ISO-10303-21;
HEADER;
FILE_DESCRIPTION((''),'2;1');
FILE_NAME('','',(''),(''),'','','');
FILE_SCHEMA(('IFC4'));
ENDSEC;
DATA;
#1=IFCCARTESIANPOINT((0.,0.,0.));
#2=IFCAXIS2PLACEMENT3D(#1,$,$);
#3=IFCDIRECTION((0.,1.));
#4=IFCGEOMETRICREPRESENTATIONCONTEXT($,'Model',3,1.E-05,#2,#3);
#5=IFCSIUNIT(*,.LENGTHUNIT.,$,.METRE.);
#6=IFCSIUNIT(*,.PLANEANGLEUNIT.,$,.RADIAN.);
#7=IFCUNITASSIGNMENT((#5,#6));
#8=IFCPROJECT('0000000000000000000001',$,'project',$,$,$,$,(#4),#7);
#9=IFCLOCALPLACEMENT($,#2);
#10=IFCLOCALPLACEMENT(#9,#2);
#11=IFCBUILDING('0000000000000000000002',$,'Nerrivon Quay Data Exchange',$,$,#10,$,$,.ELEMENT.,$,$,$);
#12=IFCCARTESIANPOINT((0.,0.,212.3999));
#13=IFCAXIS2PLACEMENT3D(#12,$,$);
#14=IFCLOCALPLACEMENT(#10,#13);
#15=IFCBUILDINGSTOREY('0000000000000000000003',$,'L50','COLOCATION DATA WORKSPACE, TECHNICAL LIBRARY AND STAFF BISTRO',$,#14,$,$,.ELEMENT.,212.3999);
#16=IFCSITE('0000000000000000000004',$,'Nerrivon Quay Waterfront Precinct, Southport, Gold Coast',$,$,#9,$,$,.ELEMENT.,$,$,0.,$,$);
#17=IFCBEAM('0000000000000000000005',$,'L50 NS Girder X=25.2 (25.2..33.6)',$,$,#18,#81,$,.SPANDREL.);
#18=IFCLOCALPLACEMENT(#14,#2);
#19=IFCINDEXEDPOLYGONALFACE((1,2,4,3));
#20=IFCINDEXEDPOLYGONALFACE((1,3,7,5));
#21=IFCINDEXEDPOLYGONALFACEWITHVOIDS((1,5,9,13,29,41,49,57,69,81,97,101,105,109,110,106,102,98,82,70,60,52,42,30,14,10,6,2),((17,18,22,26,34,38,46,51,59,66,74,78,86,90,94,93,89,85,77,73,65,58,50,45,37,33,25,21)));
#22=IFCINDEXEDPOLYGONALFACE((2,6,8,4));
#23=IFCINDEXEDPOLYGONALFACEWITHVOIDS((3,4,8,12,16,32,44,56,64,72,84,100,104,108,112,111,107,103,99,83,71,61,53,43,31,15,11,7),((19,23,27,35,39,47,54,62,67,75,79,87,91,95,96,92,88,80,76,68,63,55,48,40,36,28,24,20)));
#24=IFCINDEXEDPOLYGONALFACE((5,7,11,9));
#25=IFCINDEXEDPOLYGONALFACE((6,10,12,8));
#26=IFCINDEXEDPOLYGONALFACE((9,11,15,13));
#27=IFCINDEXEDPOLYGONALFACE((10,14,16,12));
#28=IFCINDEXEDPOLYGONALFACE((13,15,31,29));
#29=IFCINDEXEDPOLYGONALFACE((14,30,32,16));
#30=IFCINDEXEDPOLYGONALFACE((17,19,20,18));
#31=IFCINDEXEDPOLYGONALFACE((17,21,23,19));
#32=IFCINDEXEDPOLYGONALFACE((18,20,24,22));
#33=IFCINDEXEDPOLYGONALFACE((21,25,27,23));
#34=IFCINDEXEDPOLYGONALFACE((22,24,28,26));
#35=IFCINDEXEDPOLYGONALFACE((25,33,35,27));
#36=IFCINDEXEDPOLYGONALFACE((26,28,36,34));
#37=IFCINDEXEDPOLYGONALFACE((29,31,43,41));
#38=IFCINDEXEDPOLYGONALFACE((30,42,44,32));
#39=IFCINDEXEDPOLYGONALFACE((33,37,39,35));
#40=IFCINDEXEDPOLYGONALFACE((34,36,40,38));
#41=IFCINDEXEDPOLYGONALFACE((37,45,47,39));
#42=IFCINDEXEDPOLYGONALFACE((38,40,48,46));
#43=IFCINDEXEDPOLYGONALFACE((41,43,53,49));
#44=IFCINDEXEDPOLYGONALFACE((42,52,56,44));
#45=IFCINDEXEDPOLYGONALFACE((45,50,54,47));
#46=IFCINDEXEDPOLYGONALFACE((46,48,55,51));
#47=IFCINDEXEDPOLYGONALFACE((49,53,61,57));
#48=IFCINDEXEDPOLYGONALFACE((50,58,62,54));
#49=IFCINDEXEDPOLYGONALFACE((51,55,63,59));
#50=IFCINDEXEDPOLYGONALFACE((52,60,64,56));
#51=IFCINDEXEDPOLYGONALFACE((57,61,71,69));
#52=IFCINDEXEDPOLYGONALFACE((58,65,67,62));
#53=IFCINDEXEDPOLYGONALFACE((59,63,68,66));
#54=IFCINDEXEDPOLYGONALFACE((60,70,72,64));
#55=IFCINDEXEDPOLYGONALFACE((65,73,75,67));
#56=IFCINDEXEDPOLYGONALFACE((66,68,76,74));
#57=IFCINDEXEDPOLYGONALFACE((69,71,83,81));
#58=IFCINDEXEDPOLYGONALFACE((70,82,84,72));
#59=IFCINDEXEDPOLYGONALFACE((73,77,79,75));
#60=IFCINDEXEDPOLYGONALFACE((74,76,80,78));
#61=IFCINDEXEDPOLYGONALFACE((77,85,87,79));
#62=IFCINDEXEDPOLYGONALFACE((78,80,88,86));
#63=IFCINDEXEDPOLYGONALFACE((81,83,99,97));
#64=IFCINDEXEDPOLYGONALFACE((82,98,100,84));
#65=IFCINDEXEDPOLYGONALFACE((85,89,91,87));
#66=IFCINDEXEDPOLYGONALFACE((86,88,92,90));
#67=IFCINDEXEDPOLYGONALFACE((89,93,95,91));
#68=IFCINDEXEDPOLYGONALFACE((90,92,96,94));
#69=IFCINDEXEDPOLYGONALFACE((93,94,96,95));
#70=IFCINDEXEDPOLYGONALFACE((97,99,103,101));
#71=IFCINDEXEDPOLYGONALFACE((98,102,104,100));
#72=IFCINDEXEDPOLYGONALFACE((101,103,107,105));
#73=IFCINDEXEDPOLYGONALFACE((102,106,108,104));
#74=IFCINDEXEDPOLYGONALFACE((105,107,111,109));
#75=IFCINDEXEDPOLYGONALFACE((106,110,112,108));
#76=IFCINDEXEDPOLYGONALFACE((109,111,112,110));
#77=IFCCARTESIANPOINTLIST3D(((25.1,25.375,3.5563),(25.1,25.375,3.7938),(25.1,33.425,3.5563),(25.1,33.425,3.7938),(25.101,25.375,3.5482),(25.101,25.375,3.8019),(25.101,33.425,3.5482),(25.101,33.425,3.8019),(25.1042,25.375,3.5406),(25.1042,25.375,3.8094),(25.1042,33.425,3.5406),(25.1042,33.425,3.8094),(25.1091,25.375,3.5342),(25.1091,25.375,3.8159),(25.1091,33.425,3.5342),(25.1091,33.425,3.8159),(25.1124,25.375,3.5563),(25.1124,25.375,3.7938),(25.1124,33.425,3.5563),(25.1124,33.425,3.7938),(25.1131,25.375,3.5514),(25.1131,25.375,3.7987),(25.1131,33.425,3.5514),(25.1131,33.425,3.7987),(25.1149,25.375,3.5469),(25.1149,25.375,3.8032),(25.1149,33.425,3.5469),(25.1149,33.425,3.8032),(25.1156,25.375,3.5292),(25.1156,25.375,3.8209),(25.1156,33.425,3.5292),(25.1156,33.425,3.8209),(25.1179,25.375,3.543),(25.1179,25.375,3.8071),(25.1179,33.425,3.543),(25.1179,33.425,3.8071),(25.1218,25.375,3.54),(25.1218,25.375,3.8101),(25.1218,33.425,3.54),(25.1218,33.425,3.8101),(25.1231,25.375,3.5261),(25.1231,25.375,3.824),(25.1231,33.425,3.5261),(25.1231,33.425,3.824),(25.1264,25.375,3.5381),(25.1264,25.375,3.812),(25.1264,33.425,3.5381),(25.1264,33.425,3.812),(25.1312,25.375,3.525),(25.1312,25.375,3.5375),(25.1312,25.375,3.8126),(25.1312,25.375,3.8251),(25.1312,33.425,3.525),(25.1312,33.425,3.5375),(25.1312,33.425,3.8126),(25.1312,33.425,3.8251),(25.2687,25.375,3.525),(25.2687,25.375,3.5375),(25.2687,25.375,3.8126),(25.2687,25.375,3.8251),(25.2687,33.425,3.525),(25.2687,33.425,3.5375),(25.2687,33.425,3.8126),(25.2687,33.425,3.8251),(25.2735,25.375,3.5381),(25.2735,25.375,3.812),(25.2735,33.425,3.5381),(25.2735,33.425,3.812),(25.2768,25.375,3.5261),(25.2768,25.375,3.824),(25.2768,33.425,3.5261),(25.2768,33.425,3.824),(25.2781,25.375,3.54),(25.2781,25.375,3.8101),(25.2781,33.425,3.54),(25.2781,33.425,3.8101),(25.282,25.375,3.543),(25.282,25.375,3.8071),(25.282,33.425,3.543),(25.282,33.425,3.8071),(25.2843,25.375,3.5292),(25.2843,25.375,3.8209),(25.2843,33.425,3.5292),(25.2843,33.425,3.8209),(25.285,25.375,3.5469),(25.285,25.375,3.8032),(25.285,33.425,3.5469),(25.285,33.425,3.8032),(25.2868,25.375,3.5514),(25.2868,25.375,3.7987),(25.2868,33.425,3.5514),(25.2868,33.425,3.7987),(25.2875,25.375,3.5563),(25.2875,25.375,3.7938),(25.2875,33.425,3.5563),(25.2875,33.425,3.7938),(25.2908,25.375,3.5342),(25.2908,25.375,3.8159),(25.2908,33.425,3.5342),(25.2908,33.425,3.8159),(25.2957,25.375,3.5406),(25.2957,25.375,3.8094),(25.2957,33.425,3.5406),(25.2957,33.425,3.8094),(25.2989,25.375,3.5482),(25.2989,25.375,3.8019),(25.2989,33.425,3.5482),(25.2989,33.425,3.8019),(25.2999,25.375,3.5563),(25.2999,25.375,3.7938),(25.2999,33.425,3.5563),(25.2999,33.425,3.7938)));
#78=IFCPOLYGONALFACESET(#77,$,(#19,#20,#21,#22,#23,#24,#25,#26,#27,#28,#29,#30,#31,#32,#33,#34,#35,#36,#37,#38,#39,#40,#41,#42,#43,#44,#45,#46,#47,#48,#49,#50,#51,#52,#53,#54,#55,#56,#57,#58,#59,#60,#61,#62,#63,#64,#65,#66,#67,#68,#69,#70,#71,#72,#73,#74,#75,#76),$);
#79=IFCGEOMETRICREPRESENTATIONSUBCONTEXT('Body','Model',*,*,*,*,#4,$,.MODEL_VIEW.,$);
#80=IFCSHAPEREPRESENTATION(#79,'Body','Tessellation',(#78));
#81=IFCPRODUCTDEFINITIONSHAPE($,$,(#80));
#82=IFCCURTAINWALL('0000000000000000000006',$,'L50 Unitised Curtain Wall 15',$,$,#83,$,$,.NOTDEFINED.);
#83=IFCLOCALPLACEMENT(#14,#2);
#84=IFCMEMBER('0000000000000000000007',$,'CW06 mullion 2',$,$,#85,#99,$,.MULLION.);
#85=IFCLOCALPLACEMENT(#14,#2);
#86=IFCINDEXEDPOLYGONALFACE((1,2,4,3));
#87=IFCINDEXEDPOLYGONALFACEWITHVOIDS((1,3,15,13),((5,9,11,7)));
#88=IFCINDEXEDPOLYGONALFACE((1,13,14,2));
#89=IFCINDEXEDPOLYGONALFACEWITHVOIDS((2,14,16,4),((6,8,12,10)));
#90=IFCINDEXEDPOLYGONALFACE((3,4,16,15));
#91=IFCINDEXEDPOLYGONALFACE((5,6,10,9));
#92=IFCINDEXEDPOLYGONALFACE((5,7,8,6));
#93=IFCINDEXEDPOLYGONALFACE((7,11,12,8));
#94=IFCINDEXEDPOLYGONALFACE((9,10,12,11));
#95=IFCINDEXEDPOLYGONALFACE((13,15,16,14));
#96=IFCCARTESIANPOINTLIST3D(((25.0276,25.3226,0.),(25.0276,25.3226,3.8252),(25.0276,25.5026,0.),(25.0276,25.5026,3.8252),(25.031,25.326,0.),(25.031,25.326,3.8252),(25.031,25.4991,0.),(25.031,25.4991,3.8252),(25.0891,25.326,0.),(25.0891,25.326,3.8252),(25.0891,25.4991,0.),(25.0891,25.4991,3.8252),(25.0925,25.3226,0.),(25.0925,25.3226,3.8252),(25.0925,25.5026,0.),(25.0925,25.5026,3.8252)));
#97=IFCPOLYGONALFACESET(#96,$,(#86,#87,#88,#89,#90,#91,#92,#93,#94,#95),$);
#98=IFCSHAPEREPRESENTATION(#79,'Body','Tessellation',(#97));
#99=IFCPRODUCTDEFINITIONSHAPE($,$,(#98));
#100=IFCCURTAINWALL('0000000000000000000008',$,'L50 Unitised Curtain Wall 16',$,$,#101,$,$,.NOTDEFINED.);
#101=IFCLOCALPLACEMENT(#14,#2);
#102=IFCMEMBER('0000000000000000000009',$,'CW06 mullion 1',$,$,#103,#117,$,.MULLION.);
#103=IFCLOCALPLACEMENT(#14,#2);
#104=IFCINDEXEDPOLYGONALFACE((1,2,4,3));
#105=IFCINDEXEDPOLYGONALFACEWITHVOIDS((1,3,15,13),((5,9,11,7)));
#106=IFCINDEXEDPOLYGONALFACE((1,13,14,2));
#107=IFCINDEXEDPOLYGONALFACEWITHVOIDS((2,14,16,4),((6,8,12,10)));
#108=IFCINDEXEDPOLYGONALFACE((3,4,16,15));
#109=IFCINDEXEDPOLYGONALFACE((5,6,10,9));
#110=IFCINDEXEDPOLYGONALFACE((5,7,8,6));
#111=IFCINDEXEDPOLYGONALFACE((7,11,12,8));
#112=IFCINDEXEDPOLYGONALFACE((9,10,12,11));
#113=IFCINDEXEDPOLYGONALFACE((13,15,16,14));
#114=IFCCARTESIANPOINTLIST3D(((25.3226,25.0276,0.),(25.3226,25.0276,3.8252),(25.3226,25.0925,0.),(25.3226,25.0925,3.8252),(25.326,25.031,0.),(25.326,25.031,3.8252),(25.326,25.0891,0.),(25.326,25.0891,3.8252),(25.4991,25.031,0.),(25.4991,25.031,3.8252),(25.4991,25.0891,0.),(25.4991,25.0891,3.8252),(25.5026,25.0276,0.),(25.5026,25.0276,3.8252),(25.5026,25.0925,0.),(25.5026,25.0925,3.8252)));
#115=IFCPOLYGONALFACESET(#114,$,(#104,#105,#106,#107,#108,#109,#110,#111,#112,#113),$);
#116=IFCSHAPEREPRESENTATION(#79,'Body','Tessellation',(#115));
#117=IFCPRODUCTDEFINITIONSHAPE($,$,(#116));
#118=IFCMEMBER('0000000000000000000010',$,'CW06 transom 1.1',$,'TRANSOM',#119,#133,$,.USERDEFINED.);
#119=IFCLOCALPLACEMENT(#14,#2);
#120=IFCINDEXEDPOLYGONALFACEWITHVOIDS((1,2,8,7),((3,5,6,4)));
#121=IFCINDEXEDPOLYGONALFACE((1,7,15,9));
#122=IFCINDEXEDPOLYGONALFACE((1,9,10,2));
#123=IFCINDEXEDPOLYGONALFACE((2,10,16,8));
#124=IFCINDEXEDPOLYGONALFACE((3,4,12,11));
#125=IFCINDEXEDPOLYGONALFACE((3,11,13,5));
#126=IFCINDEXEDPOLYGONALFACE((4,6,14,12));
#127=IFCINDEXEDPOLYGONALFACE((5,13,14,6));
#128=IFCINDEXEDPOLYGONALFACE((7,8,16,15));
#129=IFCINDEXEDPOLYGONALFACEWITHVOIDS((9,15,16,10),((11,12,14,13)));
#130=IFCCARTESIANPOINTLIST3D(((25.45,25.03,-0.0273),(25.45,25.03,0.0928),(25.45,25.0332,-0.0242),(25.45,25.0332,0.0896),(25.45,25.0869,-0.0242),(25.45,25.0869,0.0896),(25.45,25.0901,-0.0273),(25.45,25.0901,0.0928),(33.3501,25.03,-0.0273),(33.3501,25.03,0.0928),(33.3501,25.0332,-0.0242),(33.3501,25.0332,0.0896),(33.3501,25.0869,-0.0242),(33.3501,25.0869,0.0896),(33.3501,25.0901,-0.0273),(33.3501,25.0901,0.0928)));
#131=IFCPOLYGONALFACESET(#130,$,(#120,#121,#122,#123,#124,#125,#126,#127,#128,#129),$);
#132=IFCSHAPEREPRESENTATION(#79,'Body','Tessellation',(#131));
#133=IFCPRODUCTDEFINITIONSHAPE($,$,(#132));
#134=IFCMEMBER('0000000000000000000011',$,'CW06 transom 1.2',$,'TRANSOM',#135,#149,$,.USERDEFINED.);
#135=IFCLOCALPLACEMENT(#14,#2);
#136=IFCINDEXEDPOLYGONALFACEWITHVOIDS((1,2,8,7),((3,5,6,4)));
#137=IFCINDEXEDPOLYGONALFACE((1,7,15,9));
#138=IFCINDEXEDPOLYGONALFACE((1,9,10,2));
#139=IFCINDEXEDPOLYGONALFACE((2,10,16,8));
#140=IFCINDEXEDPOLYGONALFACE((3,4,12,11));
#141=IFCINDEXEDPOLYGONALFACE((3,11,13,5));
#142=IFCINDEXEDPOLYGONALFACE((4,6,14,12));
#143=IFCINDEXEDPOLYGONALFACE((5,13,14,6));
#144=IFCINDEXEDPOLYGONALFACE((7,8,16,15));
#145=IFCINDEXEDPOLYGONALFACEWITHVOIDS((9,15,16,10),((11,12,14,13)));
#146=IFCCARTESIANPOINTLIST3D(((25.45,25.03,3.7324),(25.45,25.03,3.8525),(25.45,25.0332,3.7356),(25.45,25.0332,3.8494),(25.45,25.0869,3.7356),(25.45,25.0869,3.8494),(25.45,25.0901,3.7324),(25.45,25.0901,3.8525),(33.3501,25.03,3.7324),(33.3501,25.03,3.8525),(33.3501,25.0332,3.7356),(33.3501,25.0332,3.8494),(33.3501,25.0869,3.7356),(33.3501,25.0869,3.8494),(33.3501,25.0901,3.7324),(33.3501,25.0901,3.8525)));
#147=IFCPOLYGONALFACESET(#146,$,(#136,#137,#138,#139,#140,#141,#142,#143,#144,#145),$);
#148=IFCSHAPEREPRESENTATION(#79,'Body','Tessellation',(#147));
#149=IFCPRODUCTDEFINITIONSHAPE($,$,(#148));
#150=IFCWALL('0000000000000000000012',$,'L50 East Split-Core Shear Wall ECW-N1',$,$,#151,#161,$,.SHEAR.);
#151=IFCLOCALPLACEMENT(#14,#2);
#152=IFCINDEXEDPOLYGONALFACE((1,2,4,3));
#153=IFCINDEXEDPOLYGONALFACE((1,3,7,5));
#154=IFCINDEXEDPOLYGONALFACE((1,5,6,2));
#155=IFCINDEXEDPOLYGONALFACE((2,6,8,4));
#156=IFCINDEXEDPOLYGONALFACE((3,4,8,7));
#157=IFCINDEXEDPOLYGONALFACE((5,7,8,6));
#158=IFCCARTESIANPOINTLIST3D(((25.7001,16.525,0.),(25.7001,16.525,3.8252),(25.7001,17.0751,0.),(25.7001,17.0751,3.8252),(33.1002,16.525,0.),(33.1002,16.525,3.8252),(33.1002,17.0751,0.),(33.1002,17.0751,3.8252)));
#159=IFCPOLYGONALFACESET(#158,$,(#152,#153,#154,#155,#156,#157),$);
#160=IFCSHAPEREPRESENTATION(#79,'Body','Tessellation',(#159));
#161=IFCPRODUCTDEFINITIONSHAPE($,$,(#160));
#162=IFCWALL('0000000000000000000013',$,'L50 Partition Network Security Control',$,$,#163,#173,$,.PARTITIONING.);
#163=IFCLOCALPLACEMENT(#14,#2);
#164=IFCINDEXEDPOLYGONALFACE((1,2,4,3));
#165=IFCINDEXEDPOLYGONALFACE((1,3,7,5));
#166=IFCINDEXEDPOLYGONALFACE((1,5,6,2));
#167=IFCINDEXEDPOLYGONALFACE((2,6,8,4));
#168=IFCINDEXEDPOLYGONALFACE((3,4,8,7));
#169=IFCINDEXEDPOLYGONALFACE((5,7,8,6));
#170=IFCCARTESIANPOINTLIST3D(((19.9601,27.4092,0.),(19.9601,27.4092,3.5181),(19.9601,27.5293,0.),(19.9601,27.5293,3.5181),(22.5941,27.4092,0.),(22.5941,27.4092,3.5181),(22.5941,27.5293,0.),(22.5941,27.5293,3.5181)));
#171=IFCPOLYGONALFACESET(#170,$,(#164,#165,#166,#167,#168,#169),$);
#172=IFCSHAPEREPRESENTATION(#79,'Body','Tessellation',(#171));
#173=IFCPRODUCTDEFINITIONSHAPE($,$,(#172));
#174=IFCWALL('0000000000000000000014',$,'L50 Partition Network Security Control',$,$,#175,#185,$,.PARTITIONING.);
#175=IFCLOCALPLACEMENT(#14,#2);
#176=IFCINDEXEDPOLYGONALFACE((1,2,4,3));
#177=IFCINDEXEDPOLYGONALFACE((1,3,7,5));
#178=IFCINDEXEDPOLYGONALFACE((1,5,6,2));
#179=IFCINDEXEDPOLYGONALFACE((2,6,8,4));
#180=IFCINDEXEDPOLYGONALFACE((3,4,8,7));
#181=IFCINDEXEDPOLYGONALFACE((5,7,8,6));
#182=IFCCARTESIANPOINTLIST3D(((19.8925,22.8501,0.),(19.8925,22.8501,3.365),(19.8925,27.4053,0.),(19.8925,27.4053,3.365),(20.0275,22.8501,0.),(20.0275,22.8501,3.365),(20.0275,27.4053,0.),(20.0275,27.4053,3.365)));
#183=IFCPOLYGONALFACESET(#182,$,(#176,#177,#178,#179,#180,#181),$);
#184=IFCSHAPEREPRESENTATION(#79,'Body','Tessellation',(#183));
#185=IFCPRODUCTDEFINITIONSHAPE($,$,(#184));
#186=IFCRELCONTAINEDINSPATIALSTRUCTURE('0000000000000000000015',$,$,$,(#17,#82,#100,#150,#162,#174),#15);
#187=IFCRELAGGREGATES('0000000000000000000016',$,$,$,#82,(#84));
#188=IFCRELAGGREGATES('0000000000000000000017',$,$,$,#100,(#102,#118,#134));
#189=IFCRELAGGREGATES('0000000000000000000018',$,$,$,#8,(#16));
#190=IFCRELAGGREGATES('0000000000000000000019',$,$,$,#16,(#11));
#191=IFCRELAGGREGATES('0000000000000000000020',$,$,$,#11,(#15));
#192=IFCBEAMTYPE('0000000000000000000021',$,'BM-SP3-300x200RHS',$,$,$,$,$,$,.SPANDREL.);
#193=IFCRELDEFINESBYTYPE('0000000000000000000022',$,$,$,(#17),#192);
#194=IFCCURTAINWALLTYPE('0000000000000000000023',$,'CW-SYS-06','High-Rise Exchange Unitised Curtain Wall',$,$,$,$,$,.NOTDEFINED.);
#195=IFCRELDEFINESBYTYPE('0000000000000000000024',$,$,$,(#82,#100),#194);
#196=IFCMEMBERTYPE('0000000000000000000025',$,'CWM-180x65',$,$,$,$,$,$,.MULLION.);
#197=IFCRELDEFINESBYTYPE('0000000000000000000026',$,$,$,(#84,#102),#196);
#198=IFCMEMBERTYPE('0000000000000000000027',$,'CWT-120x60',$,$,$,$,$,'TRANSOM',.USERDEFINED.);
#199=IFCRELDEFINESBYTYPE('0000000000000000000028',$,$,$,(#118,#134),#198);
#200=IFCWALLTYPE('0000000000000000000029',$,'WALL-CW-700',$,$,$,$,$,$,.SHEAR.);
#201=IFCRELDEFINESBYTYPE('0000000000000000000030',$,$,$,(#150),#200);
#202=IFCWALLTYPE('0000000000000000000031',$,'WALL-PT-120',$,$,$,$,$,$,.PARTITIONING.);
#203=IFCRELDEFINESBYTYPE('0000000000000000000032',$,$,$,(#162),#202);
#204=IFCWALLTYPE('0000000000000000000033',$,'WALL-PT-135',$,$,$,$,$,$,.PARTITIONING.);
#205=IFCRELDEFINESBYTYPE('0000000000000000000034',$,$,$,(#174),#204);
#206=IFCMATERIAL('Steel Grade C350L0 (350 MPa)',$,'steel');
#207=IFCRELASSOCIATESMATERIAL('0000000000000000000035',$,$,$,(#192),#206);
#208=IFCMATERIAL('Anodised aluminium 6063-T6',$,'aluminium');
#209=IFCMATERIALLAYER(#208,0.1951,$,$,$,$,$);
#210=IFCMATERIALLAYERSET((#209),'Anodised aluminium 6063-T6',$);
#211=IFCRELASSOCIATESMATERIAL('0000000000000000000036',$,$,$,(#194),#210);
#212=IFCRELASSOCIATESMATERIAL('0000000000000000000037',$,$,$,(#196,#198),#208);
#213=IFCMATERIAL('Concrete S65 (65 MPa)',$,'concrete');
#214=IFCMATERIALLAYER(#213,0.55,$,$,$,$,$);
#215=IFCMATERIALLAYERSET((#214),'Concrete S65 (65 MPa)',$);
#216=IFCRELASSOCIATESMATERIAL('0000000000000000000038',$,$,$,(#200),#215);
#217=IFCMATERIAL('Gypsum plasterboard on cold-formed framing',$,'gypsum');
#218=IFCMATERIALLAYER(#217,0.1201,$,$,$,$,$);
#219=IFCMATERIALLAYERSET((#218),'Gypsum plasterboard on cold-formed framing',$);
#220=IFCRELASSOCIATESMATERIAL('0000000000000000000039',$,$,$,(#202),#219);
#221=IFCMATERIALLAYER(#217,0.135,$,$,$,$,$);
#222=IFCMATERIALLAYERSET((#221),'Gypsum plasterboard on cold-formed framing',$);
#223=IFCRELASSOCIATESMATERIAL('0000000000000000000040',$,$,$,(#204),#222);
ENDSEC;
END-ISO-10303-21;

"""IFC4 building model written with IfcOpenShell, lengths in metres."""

from ifc_helpers import new_model, si_unit, direction, frame, frame_2d, origin, origin_2d, place, context, subcontext, project, spatial, rectangle, hollow_rectangle, extrude, material, layer, layer_set, material_profile, profile_set, type_object, element, aggregate, save


model = new_model("IFC4")

# Units and contexts
model_context = context("Model", 3, precision=1e-05, world=origin(), true_north=direction((0.0, 1.0)))
body_context = subcontext(model_context, "Body", "Model", "MODEL_VIEW")
ifc_project = project(units=[si_unit("LENGTHUNIT", "METRE"), si_unit("PLANEANGLEUNIT", "RADIAN")], contexts=[model_context])

# Site, building, storey
site_placement = place(None, origin())
site = spatial("IfcSite", under=ifc_project, at=site_placement, Name="Nerrivon Quay Waterfront Precinct, Southport, Gold Coast", CompositionType="ELEMENT", RefElevation=0.0)
building_placement = place(site_placement, origin())
building = spatial("IfcBuilding", under=site, at=building_placement, Name="Nerrivon Quay Data Exchange", CompositionType="ELEMENT")
storey_placement = place(building_placement, frame((0.0, 0.0, 212.3999)))
storey = spatial("IfcBuildingStorey", under=building, at=storey_placement, Name="L50", Description="COLOCATION DATA WORKSPACE, TECHNICAL LIBRARY AND STAFF BISTRO", CompositionType="ELEMENT", Elevation=212.3999)

# Shared definitions
ifc_material_1 = material(Name="Concrete S65 (65 MPa)", Category="concrete")

# Beam
ifc_material_2 = material(Name="Steel Grade C350L0 (350 MPa)", Category="steel")
ifc_material_profile_1 = material_profile(ifc_material_2, hollow_rectangle(XDim=0.2, YDim=0.3, WallThickness=0.0125, InnerFilletRadius=0.0188, OuterFilletRadius=0.0312, at=origin_2d()), Name="300x200x12.5RHS")
ifc_profile_set_1 = profile_set([ifc_material_profile_1], Name="Steel Grade C350L0 (350 MPa)")
beam_type_1 = type_object("IfcBeamType", Name="BM-SP3-300x200RHS", PredefinedType="SPANDREL", material=ifc_profile_set_1)
beam_1_placement = place(storey_placement, frame((25.2, 25.375, 3.675), z_axis=(0.0, 1.0, 0.0), x_axis=(-1.0, 0.0, 0.0)))
element("IfcBeam", 1, at=beam_1_placement, inside=storey, type_object=beam_type_1, Name="L50 NS Girder X=25.2 (25.2..33.6)", PredefinedType="SPANDREL", context=body_context, shape_type="SweptSolid", body=[
    extrude(hollow_rectangle(XDim=0.2, YDim=0.3, WallThickness=0.0125, InnerFilletRadius=0.0188, OuterFilletRadius=0.0312, at=origin_2d()), origin(), (0.0, 0.0, 1.0), 8.05),
])

# Curtain wall, member
ifc_material_3 = material(Name="Anodised aluminium 6063-T6", Category="aluminium")
ifc_layer_1 = layer(ifc_material_3, 0.1951)
ifc_layer_set_1 = layer_set([ifc_layer_1], Name="Anodised aluminium 6063-T6")
curtain_wall_type = type_object("IfcCurtainWallType", Name="CW-SYS-06", Description="High-Rise Exchange Unitised Curtain Wall", PredefinedType="NOTDEFINED", material=ifc_layer_set_1)
curtain_wall_1_placement = place(storey_placement, origin())
curtain_wall_1 = element("IfcCurtainWall", 2, at=curtain_wall_1_placement, inside=storey, type_object=curtain_wall_type, Name="L50 Unitised Curtain Wall 15", PredefinedType="NOTDEFINED")
ifc_material_profile_2 = material_profile(ifc_material_3, hollow_rectangle(XDim=0.0649, YDim=0.1799, WallThickness=0.0034, at=origin_2d()), Name="ALU-MULL-180x65")
ifc_profile_set_2 = profile_set([ifc_material_profile_2], Name="Anodised aluminium 6063-T6")
member_type_1 = type_object("IfcMemberType", Name="CWM-180x65", PredefinedType="MULLION", material=ifc_profile_set_2)
member_1_placement = place(storey_placement, frame((25.0601, 25.4126, 0.0), z_axis=(0.0, 0.0, 1.0), x_axis=(1.0, 0.0, 0.0)))
member_1 = element("IfcMember", 3, at=member_1_placement, type_object=member_type_1, Name="CW06 mullion 2", PredefinedType="MULLION", context=body_context, shape_type="SweptSolid", body=[
    extrude(hollow_rectangle(XDim=0.0649, YDim=0.1799, WallThickness=0.0034, at=origin_2d()), origin(), (0.0, 0.0, 1.0), 3.8252),
])
aggregate(curtain_wall_1, [member_1])

# Curtain wall, members
curtain_wall_2_placement = place(storey_placement, origin())
curtain_wall_2 = element("IfcCurtainWall", 4, at=curtain_wall_2_placement, inside=storey, type_object=curtain_wall_type, Name="L50 Unitised Curtain Wall 16", PredefinedType="NOTDEFINED")
member_2_placement = place(storey_placement, frame((25.4126, 25.0601, 0.0), z_axis=(0.0, 0.0, 1.0), x_axis=(0.0, 1.0, 0.0)))
member_2 = element("IfcMember", 5, at=member_2_placement, type_object=member_type_1, Name="CW06 mullion 1", PredefinedType="MULLION", context=body_context, shape_type="SweptSolid", body=[
    extrude(hollow_rectangle(XDim=0.0649, YDim=0.1799, WallThickness=0.0034, at=origin_2d()), origin(), (0.0, 0.0, 1.0), 3.8252),
])
ifc_material_profile_3 = material_profile(ifc_material_3, hollow_rectangle(XDim=0.0601, YDim=0.1201, WallThickness=0.0032, at=origin_2d()), Name="ALU-TRAN-120x60")
ifc_profile_set_3 = profile_set([ifc_material_profile_3], Name="Anodised aluminium 6063-T6")
member_type_2 = type_object("IfcMemberType", Name="CWT-120x60", ElementType="TRANSOM", PredefinedType="USERDEFINED", material=ifc_profile_set_3)
member_3_placement = place(storey_placement, frame((25.45, 25.0601, 0.0327), z_axis=(1.0, 0.0, 0.0), x_axis=(0.0, 1.0, 0.0)))
member_3 = element("IfcMember", 6, at=member_3_placement, type_object=member_type_2, Name="CW06 transom 1.1", ObjectType="TRANSOM", PredefinedType="USERDEFINED", context=body_context, shape_type="SweptSolid", body=[
    extrude(hollow_rectangle(XDim=0.0601, YDim=0.1201, WallThickness=0.0032, at=origin_2d()), origin(), (0.0, 0.0, 1.0), 7.9001),
])
member_4_placement = place(storey_placement, frame((25.45, 25.0601, 3.7925), z_axis=(1.0, 0.0, 0.0), x_axis=(0.0, 1.0, 0.0)))
member_4 = element("IfcMember", 7, at=member_4_placement, type_object=member_type_2, Name="CW06 transom 1.2", ObjectType="TRANSOM", PredefinedType="USERDEFINED", context=body_context, shape_type="SweptSolid", body=[
    extrude(hollow_rectangle(XDim=0.0601, YDim=0.1201, WallThickness=0.0032, at=origin_2d()), origin(), (0.0, 0.0, 1.0), 7.9001),
])
aggregate(curtain_wall_2, [member_2, member_3, member_4])

# Walls
ifc_layer_2 = layer(ifc_material_1, 0.55)
ifc_layer_set_2 = layer_set([ifc_layer_2], Name="Concrete S65 (65 MPa)")
wall_type_1 = type_object("IfcWallType", Name="WALL-CW-700", PredefinedType="SHEAR", material=ifc_layer_set_2)
wall_1_placement = place(storey_placement, frame((25.7, 16.8, 0.0), z_axis=(0.0, 0.0, 1.0), x_axis=(1.0, 0.0, 0.0)))
element("IfcWall", 8, at=wall_1_placement, inside=storey, type_object=wall_type_1, Name="L50 East Split-Core Shear Wall ECW-N1", PredefinedType="SHEAR", context=body_context, shape_type="SweptSolid", body=[
    extrude(rectangle(XDim=7.4001, YDim=0.55, at=frame_2d((3.7002, 0.0))), origin(), (0.0, 0.0, 1.0), 3.8252),
])
ifc_material_4 = material(Name="Gypsum plasterboard on cold-formed framing", Category="gypsum")
ifc_layer_3 = layer(ifc_material_4, 0.1201)
ifc_layer_set_3 = layer_set([ifc_layer_3], Name="Gypsum plasterboard on cold-formed framing")
wall_type_2 = type_object("IfcWallType", Name="WALL-PT-120", PredefinedType="PARTITIONING", material=ifc_layer_set_3)
wall_2_placement = place(storey_placement, frame((22.594, 27.4692, 0.0), z_axis=(0.0, 0.0, 1.0), x_axis=(-1.0, 0.0, 0.0)))
element("IfcWall", 9, at=wall_2_placement, inside=storey, type_object=wall_type_2, Name="L50 Partition Network Security Control", PredefinedType="PARTITIONING", context=body_context, shape_type="SweptSolid", body=[
    extrude(rectangle(XDim=2.634, YDim=0.1201, at=frame_2d((1.3169, 0.0))), origin(), (0.0, 0.0, 1.0), 3.5181),
])
ifc_layer_4 = layer(ifc_material_4, 0.135)
ifc_layer_set_4 = layer_set([ifc_layer_4], Name="Gypsum plasterboard on cold-formed framing")
wall_type_3 = type_object("IfcWallType", Name="WALL-PT-135", PredefinedType="PARTITIONING", material=ifc_layer_set_4)
wall_3_placement = place(storey_placement, frame((19.96, 27.4053, 0.0), z_axis=(0.0, 0.0, 1.0), x_axis=(0.0, -1.0, 0.0)))
element("IfcWall", 10, at=wall_3_placement, inside=storey, type_object=wall_type_3, Name="L50 Partition Network Security Control", PredefinedType="PARTITIONING", context=body_context, shape_type="SweptSolid", body=[
    extrude(rectangle(XDim=4.5552, YDim=0.135, at=frame_2d((2.2776, 0.0))), origin(), (0.0, 0.0, 1.0), 3.365),
])

save(model, "model.ifc")
